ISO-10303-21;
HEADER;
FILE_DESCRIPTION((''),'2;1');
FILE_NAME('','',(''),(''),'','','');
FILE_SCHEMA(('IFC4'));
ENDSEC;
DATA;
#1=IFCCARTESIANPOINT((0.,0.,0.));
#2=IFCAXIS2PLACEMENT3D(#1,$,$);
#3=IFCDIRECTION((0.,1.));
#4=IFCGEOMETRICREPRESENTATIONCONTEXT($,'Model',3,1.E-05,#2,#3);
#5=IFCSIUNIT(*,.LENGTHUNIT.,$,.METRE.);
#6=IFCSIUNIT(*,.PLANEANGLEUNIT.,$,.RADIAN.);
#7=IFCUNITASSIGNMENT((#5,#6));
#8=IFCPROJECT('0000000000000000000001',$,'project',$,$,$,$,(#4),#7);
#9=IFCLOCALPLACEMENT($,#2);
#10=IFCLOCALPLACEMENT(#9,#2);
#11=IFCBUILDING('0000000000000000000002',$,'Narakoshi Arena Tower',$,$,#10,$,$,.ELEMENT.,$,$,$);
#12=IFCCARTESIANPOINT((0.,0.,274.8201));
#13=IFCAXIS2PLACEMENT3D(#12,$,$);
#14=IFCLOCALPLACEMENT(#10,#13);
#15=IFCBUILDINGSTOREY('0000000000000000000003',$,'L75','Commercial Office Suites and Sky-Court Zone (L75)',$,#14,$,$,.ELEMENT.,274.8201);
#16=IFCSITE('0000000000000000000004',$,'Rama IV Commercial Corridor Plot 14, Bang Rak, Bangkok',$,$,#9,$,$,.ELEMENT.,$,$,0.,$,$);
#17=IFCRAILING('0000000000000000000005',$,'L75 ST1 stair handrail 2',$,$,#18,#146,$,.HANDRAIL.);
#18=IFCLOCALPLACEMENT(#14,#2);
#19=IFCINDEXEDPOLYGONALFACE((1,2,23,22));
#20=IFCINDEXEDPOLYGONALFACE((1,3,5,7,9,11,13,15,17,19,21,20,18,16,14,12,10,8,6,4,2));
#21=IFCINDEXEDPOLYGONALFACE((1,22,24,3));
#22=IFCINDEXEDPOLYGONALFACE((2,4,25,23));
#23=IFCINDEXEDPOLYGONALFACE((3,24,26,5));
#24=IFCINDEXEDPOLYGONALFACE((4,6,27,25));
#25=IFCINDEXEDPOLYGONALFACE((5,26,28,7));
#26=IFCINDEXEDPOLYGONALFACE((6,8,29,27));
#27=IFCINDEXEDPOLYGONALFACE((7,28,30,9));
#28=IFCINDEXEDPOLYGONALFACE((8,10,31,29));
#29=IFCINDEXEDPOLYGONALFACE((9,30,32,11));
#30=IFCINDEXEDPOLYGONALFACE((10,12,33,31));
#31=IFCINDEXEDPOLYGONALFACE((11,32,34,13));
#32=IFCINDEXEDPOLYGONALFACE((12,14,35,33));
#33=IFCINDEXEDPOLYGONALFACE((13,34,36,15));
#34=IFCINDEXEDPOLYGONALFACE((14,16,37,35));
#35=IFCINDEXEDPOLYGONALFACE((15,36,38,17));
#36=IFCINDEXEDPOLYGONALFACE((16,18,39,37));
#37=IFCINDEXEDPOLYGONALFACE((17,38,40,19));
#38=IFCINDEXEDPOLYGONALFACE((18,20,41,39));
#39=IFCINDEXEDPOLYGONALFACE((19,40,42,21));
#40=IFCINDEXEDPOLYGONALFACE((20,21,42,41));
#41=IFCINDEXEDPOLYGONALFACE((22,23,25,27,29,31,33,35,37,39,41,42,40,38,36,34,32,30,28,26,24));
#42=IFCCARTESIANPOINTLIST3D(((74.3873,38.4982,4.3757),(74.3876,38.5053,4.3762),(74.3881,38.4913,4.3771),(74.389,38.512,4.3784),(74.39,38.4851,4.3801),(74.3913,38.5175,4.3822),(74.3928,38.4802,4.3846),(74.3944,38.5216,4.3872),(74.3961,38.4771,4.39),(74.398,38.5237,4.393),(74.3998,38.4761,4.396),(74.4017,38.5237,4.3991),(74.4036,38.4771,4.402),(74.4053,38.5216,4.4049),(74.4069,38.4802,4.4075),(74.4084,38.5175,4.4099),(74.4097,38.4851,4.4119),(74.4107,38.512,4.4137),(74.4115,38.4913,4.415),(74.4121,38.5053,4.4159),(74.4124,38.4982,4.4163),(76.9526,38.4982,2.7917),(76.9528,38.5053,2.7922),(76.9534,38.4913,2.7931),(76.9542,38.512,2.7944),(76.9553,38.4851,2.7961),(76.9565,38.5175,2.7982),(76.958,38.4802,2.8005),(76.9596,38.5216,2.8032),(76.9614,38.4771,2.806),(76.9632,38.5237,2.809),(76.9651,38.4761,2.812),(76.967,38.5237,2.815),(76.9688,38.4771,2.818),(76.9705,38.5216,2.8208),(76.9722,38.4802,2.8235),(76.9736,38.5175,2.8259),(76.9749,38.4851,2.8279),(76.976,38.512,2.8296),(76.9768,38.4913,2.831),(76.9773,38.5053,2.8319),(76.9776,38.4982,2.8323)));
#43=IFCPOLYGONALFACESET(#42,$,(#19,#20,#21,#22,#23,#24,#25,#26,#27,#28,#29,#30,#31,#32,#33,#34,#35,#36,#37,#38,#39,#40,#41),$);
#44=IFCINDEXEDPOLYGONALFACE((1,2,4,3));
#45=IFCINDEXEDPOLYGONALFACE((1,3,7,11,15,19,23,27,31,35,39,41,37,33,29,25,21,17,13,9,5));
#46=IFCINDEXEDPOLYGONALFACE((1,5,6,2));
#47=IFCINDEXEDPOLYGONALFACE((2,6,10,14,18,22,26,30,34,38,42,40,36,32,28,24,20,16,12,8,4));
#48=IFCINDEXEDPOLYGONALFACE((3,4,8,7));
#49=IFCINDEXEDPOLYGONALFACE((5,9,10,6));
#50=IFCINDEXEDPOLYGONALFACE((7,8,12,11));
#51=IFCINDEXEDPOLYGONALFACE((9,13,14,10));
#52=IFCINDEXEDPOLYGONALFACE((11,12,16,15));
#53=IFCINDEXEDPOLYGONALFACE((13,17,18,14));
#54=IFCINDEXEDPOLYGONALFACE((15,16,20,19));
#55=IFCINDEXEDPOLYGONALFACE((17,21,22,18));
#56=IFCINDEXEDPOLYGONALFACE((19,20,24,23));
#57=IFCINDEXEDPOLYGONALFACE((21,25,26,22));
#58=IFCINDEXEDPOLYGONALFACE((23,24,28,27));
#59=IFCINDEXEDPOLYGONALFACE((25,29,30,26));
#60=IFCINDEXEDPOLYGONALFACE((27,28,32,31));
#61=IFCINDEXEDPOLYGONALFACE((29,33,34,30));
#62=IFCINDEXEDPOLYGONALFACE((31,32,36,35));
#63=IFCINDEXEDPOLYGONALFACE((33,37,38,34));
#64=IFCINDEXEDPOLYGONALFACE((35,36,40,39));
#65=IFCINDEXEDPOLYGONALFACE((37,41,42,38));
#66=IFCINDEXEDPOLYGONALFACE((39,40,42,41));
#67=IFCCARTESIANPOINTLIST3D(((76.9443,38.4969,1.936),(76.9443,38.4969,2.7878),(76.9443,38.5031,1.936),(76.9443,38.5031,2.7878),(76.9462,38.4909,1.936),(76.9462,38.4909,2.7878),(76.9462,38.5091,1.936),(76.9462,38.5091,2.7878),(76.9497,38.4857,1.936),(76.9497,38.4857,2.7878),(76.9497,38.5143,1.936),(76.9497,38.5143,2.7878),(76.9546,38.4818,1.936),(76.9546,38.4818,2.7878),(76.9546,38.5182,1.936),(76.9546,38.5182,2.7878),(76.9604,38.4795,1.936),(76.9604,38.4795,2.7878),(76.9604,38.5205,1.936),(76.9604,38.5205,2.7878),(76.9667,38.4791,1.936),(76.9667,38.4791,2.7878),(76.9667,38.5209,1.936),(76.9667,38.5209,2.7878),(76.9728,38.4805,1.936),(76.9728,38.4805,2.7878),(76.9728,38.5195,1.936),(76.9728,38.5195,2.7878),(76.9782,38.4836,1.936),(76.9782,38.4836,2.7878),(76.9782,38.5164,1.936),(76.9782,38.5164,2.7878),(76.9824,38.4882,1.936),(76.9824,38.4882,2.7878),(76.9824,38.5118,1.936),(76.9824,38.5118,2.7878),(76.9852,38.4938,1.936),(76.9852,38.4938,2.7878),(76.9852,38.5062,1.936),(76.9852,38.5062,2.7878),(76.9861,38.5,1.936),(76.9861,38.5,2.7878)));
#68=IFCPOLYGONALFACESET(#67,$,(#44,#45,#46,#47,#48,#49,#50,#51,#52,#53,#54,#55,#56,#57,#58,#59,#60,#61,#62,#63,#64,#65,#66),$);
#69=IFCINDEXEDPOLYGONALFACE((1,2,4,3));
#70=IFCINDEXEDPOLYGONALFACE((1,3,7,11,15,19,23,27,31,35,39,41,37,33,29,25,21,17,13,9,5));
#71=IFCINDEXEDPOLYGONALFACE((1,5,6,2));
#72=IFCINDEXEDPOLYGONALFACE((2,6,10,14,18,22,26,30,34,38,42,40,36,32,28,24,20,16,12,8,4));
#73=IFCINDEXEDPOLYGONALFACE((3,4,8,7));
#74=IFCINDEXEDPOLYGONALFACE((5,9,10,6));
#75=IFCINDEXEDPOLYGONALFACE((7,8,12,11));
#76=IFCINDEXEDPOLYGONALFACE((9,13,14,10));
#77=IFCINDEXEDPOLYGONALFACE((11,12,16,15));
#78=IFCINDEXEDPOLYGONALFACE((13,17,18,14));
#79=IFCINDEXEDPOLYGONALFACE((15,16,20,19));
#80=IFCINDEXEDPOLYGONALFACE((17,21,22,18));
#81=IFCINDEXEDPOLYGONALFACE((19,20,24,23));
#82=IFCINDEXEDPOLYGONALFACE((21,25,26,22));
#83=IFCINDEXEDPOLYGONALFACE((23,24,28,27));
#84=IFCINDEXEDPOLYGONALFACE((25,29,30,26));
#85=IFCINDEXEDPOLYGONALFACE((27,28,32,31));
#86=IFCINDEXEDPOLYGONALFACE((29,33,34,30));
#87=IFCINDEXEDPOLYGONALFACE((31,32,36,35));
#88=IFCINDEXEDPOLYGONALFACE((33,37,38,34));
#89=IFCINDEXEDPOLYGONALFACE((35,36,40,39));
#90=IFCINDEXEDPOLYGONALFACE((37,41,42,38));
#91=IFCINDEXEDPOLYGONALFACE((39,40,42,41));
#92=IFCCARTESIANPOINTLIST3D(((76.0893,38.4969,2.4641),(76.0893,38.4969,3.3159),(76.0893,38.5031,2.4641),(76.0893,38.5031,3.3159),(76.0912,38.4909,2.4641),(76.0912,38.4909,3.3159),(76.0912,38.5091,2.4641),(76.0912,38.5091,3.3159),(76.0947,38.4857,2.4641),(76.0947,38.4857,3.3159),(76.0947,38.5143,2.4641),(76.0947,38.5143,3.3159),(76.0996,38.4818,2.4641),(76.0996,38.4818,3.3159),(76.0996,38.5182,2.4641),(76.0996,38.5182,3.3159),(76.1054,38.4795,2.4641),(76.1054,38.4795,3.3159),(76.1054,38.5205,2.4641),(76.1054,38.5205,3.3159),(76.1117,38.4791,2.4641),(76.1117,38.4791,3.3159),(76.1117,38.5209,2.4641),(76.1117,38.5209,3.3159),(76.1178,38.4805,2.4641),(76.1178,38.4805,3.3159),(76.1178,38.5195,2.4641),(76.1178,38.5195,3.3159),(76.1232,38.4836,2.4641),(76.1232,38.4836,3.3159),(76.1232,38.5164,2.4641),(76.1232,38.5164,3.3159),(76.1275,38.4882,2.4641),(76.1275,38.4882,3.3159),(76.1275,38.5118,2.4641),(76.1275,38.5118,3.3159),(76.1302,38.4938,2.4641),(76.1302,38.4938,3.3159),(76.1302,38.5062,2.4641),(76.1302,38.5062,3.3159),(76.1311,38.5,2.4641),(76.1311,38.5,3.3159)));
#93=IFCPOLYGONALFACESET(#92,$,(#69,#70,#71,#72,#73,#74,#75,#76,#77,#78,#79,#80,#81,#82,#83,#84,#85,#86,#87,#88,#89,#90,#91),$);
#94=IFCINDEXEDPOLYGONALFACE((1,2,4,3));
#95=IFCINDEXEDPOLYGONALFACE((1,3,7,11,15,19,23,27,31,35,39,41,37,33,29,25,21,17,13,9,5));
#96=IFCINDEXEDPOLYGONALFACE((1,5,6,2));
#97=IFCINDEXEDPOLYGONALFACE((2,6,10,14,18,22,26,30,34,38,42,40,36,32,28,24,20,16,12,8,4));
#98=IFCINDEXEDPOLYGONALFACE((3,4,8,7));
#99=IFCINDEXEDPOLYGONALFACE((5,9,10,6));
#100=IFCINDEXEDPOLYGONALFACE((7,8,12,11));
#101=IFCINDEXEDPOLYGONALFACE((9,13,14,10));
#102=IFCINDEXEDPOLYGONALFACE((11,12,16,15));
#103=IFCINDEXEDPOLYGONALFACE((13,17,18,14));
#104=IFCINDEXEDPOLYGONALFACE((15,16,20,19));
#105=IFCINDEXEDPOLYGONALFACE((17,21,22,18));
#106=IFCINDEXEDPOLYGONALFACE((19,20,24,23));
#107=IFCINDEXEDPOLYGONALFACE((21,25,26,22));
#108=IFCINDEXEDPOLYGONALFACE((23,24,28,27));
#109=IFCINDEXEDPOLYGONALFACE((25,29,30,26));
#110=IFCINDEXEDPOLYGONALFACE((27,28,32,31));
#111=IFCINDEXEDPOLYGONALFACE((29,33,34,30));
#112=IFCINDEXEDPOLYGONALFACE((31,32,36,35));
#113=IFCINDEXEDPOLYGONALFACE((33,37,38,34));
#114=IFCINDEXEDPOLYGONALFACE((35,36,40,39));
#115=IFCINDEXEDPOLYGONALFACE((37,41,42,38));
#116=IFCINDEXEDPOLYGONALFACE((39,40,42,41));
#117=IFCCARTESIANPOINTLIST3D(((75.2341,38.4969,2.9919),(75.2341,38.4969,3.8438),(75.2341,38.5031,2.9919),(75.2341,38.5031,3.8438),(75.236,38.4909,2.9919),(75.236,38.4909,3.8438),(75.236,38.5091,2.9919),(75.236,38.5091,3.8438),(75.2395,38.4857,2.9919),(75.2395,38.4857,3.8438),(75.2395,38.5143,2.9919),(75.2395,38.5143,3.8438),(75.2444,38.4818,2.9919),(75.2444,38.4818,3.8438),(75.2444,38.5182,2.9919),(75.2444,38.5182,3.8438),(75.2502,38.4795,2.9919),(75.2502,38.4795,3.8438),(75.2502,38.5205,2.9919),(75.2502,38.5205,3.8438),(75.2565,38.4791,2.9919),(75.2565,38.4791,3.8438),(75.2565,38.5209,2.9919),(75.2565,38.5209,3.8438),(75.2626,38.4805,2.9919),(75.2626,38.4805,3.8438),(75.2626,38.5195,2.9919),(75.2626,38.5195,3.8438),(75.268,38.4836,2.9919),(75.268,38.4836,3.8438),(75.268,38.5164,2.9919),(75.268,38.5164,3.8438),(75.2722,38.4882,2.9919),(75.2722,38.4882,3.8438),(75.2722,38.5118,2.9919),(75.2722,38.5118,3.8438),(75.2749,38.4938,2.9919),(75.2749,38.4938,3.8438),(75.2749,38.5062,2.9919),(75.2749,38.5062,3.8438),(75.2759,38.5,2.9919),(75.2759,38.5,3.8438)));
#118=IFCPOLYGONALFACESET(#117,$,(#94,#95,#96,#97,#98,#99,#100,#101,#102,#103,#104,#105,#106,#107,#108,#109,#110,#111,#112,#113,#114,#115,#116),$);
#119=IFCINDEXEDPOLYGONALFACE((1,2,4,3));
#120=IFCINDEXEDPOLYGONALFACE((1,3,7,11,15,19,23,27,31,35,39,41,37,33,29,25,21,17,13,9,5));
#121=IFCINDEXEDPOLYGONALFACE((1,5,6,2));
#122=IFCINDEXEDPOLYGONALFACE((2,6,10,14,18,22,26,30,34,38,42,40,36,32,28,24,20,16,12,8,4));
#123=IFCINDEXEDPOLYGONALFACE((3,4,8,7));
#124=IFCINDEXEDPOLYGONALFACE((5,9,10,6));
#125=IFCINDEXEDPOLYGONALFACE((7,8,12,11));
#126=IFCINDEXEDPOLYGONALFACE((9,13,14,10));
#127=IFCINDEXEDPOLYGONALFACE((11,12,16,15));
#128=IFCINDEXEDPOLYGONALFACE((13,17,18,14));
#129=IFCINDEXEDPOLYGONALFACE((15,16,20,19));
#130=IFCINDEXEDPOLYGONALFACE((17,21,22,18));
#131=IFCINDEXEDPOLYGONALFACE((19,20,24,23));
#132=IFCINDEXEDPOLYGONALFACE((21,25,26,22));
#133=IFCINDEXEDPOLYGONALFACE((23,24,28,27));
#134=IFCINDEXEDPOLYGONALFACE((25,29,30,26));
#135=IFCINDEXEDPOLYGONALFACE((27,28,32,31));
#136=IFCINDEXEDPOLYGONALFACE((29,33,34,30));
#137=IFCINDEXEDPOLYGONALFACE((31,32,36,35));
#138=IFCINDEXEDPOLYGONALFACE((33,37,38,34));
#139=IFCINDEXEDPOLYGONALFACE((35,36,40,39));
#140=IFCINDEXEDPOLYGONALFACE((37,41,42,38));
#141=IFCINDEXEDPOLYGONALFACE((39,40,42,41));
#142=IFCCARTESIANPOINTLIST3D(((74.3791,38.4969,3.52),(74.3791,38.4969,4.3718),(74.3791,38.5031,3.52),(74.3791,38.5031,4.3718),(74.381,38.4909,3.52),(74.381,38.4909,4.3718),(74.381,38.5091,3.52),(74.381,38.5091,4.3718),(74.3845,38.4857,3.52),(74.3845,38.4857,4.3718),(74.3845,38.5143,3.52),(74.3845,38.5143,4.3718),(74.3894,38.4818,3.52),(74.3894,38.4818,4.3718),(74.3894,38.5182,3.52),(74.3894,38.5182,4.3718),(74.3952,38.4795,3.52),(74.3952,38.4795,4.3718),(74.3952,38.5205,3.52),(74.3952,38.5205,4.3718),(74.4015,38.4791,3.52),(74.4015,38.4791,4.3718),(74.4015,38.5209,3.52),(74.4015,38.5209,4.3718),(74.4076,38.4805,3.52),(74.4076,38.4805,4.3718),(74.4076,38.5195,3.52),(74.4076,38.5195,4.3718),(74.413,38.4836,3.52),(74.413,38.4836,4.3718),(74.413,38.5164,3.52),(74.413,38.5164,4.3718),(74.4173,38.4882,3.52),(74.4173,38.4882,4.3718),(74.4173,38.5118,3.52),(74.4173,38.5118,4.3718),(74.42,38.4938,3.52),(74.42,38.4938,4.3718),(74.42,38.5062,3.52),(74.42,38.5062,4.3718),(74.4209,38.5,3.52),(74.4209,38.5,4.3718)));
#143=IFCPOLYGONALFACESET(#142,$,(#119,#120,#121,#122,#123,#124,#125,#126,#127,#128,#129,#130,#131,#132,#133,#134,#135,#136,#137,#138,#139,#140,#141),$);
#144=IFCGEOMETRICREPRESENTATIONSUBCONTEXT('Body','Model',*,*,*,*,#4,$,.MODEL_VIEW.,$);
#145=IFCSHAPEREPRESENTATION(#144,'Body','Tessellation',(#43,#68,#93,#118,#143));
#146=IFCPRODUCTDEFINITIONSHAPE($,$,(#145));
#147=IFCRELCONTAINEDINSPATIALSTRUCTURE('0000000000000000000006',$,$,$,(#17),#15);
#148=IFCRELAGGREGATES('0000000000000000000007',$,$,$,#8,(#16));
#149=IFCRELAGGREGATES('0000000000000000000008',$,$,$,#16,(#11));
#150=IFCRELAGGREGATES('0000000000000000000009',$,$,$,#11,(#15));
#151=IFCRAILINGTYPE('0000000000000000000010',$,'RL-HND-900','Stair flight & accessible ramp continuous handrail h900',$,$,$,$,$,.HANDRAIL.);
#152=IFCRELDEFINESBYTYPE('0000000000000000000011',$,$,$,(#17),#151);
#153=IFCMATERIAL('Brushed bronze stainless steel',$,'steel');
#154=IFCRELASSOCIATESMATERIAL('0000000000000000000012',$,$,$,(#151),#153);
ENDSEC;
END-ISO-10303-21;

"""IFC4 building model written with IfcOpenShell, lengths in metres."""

from ifc_helpers import new_model, si_unit, direction, frame, origin, origin_2d, place, context, subcontext, project, spatial, circle, extrude, material, type_object, element, save


model = new_model("IFC4")

# Units and contexts
model_context = context("Model", 3, precision=1e-05, world=origin(), true_north=direction((0.0, 1.0)))
body_context = subcontext(model_context, "Body", "Model", "MODEL_VIEW")
ifc_project = project(units=[si_unit("LENGTHUNIT", "METRE"), si_unit("PLANEANGLEUNIT", "RADIAN")], contexts=[model_context])

# Site, building, storey
site_placement = place(None, origin())
site = spatial("IfcSite", under=ifc_project, at=site_placement, Name="Rama IV Commercial Corridor Plot 14, Bang Rak, Bangkok", CompositionType="ELEMENT", RefElevation=0.0)
building_placement = place(site_placement, origin())
building = spatial("IfcBuilding", under=site, at=building_placement, Name="Narakoshi Arena Tower", CompositionType="ELEMENT")
storey_placement = place(building_placement, frame((0.0, 0.0, 274.8201)))
storey = spatial("IfcBuildingStorey", under=building, at=storey_placement, Name="L75", Description="Commercial Office Suites and Sky-Court Zone (L75)", CompositionType="ELEMENT", Elevation=274.8201)

# Railing
ifc_material_1 = material(Name="Brushed bronze stainless steel", Category="steel")
railing_type_1 = type_object("IfcRailingType", Name="RL-HND-900", Description="Stair flight & accessible ramp continuous handrail h900", PredefinedType="HANDRAIL", material=ifc_material_1)
railing_1_placement = place(storey_placement, frame((76.9651, 38.5, 1.936)))
element("IfcRailing", 1, at=railing_1_placement, inside=storey, type_object=railing_type_1, Name="L75 ST1 stair handrail 2", PredefinedType="HANDRAIL", context=body_context, shape_type="SweptSolid", body=[
    extrude(circle(Radius=0.0239, at=origin_2d()), frame((0.0, 0.0, 0.876), z_axis=(-0.850857, 0.0, 0.525398), x_axis=(0.0, -1.0, 0.0)), (0.0, 0.0, 1.0), 3.0149),
    extrude(circle(Radius=0.021, at=origin_2d()), origin(), (0.0, 0.0, 1.0), 0.8518),
    extrude(circle(Radius=0.021, at=origin_2d()), frame((-0.855, 0.0, 0.5281)), (0.0, 0.0, 1.0), 0.8518),
    extrude(circle(Radius=0.021, at=origin_2d()), frame((-1.7102, 0.0, 1.0559)), (0.0, 0.0, 1.0), 0.8518),
    extrude(circle(Radius=0.021, at=origin_2d()), frame((-2.5652, 0.0, 1.584)), (0.0, 0.0, 1.0), 0.8518),
])

save(model, "model.ifc")
